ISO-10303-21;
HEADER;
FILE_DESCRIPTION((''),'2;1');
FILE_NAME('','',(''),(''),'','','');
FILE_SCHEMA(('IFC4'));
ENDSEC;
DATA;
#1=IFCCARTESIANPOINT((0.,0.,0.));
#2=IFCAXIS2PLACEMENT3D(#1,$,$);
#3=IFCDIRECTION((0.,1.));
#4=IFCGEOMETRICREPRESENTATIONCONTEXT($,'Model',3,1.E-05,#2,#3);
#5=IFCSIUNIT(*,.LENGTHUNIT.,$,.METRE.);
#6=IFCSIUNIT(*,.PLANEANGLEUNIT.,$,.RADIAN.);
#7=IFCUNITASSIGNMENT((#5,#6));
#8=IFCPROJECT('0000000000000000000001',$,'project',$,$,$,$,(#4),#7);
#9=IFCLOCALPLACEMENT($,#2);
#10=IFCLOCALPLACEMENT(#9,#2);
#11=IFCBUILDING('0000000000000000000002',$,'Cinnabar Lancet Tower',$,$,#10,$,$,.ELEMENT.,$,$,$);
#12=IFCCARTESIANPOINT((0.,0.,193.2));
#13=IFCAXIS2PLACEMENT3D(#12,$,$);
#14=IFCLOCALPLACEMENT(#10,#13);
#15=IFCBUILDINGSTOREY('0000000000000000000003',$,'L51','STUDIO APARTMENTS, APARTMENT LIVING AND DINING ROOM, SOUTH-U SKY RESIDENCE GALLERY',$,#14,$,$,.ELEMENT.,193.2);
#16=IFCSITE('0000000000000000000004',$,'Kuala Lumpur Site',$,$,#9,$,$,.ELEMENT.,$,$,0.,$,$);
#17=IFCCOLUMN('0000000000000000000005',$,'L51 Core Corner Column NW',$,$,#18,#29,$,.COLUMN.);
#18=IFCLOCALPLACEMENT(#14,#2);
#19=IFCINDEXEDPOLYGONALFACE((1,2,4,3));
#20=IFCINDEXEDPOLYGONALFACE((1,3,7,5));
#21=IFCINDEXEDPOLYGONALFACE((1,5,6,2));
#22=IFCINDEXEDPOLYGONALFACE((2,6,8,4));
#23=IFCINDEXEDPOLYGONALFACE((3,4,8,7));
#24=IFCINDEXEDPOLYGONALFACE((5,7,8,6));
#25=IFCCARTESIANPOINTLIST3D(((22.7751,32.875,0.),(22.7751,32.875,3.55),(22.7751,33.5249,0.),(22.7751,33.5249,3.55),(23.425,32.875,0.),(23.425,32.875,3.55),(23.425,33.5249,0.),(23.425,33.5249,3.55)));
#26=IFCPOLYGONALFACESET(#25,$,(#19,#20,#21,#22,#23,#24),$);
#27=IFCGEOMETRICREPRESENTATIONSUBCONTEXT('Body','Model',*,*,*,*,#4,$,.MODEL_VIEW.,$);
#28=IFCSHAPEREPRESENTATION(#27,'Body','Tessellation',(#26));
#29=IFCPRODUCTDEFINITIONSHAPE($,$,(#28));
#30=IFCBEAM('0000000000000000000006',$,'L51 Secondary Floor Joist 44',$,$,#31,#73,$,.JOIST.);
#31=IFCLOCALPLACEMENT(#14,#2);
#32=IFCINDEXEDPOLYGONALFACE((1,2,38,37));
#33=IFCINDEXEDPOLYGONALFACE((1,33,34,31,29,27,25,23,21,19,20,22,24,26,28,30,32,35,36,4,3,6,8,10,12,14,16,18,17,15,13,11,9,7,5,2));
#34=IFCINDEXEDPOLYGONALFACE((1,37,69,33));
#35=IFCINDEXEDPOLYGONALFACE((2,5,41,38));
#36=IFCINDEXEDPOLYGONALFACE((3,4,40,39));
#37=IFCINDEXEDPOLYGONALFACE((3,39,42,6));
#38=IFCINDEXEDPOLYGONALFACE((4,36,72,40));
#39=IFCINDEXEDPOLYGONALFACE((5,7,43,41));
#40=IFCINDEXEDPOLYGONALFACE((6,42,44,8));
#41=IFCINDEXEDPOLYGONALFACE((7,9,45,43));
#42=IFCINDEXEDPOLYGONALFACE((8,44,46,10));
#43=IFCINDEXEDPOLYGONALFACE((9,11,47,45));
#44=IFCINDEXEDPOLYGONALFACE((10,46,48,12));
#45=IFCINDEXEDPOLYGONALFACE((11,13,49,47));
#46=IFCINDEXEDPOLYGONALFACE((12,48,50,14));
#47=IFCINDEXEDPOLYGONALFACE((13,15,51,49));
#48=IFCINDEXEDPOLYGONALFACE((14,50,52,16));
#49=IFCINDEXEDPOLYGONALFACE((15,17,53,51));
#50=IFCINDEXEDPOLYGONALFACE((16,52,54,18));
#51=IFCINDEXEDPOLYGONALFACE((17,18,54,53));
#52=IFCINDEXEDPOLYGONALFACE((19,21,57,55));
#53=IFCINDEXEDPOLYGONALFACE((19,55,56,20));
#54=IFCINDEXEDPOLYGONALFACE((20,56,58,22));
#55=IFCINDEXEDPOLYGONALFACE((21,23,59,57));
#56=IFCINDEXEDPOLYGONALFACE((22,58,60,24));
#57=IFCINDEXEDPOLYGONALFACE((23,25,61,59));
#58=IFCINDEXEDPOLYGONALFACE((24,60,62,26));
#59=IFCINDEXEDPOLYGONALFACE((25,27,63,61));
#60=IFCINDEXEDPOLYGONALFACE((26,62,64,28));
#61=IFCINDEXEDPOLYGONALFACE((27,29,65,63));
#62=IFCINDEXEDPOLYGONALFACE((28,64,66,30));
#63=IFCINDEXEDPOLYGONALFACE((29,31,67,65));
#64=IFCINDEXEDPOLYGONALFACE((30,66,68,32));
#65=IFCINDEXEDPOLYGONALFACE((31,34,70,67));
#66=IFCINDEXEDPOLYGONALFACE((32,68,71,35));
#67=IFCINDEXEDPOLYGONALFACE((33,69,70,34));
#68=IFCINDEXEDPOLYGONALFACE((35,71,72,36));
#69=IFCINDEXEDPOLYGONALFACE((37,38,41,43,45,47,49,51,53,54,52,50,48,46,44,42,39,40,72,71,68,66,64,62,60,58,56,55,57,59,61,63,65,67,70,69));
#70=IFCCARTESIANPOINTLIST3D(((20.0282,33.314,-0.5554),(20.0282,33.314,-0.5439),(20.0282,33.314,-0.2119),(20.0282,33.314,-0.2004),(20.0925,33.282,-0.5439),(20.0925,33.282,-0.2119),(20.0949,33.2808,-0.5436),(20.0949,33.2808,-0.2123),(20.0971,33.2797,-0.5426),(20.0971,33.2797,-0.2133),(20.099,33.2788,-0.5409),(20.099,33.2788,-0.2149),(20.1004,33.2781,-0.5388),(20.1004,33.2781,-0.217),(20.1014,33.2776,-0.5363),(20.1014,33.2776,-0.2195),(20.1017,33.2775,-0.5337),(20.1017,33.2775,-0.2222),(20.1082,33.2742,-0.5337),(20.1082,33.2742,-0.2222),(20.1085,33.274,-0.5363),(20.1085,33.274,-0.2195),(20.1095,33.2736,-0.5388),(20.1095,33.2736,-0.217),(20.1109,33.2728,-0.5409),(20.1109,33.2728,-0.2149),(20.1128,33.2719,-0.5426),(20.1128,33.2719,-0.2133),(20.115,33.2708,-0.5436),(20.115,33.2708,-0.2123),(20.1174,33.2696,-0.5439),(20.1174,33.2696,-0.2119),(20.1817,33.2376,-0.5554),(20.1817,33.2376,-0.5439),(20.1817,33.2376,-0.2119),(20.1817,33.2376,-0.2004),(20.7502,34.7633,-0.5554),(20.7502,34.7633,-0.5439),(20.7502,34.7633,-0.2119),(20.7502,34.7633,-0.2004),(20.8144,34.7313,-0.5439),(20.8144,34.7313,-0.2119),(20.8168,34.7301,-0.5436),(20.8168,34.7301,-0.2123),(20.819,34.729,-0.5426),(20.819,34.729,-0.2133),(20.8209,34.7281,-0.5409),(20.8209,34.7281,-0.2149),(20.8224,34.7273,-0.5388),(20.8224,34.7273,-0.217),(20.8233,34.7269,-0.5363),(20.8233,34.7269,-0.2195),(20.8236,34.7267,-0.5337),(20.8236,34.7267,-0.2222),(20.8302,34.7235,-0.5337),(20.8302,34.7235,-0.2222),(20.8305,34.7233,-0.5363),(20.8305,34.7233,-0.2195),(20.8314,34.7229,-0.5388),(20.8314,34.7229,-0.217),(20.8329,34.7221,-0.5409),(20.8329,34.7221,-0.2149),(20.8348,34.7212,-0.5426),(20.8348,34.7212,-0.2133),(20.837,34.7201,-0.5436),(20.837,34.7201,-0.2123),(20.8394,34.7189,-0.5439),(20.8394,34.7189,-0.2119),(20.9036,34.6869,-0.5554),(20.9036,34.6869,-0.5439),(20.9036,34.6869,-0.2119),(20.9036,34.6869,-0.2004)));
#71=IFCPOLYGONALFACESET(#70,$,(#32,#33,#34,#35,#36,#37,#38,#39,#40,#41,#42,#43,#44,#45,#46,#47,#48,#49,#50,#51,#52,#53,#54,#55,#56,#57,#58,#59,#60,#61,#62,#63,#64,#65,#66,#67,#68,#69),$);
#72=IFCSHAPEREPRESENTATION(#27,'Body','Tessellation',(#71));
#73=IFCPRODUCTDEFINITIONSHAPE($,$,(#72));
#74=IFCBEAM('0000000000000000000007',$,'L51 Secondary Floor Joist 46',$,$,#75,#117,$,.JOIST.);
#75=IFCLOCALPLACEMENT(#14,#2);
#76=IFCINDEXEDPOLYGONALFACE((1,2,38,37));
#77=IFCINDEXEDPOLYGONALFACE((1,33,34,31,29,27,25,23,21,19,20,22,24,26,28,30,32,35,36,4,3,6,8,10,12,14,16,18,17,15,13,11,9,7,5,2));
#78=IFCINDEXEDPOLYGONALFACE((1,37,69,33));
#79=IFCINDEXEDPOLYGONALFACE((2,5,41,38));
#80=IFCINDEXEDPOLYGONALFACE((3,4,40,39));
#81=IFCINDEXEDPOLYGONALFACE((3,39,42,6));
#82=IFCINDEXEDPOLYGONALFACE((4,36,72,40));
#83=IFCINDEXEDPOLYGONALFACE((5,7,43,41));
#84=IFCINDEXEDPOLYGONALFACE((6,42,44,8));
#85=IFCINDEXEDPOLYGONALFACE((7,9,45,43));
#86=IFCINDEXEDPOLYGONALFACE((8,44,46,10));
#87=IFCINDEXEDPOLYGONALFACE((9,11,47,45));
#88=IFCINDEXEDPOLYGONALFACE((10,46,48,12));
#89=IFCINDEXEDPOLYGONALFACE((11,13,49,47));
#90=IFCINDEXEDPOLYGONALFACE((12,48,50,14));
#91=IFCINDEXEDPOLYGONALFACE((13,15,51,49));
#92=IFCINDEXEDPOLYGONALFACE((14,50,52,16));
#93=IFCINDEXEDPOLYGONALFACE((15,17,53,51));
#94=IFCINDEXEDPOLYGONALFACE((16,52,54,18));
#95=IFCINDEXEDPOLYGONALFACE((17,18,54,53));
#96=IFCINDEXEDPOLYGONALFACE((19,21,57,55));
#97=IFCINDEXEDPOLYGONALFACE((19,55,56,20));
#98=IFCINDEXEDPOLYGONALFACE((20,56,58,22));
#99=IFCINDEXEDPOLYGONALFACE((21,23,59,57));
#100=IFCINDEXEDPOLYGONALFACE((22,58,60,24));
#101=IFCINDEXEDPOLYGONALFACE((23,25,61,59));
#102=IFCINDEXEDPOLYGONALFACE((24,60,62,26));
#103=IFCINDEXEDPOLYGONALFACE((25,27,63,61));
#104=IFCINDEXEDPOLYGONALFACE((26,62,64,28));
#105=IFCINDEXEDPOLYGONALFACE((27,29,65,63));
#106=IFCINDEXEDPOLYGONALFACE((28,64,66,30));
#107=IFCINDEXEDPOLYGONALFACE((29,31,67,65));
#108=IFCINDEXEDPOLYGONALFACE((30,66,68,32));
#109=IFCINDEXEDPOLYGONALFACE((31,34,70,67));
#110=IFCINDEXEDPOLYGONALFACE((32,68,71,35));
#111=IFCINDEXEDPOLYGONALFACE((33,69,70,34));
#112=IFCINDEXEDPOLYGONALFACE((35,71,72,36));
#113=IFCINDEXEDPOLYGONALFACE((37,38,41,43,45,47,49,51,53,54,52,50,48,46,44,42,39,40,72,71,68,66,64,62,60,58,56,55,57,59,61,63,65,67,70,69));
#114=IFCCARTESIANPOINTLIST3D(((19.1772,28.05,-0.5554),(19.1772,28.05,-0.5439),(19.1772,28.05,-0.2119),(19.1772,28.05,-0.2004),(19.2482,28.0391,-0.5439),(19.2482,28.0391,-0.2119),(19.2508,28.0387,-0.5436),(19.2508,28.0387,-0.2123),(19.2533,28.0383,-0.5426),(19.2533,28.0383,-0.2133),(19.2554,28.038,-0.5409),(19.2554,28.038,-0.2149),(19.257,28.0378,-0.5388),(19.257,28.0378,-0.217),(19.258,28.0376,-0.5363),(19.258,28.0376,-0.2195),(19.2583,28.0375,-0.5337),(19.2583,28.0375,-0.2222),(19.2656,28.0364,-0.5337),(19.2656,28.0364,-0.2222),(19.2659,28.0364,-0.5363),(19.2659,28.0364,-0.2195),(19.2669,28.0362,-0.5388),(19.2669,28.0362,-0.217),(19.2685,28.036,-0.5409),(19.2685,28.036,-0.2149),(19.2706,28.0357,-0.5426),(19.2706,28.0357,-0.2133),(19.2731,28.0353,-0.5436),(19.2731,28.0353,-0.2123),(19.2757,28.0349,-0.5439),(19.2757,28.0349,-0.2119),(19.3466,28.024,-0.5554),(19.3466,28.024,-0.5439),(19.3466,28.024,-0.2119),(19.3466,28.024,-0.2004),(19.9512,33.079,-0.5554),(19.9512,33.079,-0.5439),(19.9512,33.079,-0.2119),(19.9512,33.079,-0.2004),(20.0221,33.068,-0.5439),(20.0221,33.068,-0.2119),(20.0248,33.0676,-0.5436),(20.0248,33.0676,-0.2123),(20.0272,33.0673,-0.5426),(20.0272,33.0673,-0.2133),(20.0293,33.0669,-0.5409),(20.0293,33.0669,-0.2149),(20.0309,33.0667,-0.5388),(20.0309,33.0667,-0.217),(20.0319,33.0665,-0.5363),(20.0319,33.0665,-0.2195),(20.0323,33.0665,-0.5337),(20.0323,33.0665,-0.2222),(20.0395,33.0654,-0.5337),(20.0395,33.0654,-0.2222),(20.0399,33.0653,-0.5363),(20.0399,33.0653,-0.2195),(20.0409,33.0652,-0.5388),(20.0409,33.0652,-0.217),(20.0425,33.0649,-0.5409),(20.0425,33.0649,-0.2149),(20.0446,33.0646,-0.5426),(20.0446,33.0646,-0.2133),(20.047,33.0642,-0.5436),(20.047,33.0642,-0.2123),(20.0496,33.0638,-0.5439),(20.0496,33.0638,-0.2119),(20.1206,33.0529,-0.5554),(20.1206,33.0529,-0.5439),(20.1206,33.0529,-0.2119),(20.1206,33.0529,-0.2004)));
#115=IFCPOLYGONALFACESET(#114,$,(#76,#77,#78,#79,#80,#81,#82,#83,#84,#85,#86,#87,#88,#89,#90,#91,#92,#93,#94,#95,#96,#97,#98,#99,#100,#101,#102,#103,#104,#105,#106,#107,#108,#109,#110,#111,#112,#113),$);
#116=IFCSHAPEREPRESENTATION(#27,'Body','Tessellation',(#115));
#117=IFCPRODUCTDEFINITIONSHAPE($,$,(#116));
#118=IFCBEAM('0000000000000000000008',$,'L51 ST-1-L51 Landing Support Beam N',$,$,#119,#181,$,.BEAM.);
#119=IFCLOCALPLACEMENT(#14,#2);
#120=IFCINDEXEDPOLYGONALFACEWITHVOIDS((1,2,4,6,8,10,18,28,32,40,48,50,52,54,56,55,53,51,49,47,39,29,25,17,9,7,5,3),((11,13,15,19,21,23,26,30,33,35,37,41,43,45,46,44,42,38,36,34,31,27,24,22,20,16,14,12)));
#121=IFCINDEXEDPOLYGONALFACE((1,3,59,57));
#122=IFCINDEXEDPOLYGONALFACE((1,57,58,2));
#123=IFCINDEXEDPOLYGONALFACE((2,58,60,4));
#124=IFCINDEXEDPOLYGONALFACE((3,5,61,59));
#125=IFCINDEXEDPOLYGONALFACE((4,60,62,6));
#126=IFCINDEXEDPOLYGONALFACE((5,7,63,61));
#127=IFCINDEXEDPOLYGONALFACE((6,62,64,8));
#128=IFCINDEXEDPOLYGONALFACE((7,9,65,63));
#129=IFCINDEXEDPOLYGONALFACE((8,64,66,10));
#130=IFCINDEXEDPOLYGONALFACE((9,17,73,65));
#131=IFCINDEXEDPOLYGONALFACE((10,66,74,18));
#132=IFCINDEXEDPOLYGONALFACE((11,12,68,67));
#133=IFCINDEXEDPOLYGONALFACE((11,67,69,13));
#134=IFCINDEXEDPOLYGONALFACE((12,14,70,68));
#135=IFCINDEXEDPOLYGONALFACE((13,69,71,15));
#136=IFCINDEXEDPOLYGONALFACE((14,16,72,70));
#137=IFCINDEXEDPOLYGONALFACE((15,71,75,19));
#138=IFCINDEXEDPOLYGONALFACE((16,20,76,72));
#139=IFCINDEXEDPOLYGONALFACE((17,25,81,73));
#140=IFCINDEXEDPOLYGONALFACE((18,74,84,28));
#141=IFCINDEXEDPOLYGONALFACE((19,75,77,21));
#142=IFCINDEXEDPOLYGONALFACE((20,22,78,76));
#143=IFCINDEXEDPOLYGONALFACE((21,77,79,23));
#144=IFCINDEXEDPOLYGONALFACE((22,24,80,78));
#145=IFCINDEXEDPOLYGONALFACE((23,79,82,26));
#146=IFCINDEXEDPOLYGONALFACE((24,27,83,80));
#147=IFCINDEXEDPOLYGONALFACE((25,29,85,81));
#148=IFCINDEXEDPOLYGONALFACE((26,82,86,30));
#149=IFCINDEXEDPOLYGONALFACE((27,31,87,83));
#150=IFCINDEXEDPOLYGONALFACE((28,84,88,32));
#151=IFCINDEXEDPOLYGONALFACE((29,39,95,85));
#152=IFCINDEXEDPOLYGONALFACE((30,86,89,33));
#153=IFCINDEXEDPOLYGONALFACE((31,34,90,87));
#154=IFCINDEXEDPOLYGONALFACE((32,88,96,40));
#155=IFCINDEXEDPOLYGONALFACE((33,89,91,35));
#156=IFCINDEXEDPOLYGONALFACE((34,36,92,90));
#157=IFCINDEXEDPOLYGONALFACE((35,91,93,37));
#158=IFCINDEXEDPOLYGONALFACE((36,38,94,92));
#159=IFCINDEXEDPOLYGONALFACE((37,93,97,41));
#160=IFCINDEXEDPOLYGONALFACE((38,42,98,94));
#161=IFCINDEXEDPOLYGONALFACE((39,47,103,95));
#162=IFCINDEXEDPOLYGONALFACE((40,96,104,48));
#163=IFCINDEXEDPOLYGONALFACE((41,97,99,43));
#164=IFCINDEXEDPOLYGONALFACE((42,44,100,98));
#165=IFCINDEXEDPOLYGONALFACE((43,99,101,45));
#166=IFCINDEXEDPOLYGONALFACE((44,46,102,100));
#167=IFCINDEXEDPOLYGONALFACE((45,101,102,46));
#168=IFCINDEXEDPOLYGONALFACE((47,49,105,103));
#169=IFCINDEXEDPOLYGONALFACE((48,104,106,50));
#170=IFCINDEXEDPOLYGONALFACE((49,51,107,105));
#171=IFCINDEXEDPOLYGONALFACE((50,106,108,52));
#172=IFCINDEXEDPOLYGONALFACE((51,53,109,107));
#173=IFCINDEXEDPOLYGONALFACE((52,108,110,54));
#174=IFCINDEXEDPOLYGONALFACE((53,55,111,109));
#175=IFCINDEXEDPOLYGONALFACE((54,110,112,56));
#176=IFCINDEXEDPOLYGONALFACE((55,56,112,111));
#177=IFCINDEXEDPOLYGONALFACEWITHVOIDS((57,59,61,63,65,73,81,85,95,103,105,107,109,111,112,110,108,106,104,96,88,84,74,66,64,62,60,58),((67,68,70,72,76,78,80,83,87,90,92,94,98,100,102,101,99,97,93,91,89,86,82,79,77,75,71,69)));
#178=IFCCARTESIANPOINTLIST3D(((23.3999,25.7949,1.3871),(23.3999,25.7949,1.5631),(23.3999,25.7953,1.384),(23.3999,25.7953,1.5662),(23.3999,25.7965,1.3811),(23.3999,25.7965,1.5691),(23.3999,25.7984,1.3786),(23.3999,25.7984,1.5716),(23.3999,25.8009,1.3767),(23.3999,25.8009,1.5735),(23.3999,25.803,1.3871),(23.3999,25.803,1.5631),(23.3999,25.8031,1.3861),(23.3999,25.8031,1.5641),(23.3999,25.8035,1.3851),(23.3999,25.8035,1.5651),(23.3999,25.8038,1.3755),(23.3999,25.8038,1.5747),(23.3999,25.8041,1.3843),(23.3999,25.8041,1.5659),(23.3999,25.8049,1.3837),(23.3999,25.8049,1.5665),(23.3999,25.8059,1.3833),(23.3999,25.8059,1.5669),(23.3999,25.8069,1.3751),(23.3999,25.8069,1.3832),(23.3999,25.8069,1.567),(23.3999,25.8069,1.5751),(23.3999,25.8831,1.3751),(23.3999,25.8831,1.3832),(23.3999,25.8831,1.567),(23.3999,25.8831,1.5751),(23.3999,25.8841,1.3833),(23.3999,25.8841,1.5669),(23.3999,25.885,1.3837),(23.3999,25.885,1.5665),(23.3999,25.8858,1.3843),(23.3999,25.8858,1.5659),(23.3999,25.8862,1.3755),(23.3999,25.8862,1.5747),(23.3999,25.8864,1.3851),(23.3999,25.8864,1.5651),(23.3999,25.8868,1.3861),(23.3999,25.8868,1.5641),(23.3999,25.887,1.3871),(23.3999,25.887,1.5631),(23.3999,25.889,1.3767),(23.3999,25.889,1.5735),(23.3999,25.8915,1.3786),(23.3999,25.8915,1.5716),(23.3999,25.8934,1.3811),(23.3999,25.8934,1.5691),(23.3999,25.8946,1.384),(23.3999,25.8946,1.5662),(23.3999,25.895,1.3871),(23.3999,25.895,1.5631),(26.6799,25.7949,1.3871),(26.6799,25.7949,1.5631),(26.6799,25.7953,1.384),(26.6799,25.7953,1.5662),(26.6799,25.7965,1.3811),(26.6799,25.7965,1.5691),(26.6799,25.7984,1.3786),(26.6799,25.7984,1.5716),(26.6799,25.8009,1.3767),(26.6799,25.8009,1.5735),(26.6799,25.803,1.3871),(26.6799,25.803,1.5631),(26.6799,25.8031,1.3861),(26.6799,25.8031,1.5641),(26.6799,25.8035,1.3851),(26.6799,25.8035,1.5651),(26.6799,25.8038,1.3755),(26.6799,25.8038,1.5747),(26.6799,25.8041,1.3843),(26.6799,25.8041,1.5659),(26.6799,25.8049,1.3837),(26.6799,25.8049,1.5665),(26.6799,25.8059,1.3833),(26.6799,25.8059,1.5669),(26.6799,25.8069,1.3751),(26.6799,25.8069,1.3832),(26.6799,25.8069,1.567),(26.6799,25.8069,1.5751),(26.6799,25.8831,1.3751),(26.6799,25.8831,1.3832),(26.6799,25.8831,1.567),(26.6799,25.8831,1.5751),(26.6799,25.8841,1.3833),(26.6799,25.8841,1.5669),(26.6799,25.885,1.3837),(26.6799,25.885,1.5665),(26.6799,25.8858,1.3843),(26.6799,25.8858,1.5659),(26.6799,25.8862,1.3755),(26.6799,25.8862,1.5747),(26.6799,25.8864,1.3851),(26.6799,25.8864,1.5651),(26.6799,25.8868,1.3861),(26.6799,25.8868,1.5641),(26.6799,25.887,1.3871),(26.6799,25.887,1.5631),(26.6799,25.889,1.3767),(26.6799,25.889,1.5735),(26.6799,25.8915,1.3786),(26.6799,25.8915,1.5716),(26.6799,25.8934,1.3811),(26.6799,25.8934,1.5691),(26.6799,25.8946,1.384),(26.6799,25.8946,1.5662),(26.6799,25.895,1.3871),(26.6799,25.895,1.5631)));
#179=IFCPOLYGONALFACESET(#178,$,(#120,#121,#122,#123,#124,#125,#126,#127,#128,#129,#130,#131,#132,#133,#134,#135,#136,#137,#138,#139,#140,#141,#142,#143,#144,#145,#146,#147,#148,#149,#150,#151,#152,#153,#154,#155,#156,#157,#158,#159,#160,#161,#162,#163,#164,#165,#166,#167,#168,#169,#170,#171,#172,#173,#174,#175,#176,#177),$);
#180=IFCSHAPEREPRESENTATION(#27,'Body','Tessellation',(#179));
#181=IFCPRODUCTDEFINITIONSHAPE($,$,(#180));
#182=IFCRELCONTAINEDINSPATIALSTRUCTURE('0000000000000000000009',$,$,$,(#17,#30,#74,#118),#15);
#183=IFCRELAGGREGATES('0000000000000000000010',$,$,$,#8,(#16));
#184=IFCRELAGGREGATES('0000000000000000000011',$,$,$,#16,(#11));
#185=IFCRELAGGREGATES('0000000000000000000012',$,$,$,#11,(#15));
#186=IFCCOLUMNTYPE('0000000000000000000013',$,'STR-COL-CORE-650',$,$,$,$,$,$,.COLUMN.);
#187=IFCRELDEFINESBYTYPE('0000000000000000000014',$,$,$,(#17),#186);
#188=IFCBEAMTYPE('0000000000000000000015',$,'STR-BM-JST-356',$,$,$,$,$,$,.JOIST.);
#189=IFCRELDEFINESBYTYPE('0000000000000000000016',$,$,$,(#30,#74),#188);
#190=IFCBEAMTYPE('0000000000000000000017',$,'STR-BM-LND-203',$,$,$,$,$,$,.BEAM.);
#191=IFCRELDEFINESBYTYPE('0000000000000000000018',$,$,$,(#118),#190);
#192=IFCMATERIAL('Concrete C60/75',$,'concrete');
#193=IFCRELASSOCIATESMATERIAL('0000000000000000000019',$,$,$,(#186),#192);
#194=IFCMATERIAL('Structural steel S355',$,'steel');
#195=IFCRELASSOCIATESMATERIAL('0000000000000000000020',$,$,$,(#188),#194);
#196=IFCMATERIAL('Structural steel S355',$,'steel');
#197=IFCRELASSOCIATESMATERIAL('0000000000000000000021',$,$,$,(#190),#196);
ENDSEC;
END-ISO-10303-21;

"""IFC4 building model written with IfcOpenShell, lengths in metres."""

from ifc_helpers import new_model, si_unit, direction, frame, origin, origin_2d, place, context, subcontext, project, spatial, rectangle, hollow_rectangle, i_section, extrude, material, material_profile, profile_set, type_object, element, save


model = new_model("IFC4")

# Units and contexts
model_context = context("Model", 3, precision=1e-05, world=origin(), true_north=direction((0.0, 1.0)))
body_context = subcontext(model_context, "Body", "Model", "MODEL_VIEW")
ifc_project = project(units=[si_unit("LENGTHUNIT", "METRE"), si_unit("PLANEANGLEUNIT", "RADIAN")], contexts=[model_context])

# Site, building, storey
site_placement = place(None, origin())
site = spatial("IfcSite", under=ifc_project, at=site_placement, Name="Kuala Lumpur Site", CompositionType="ELEMENT", RefElevation=0.0)
building_placement = place(site_placement, origin())
building = spatial("IfcBuilding", under=site, at=building_placement, Name="Cinnabar Lancet Tower", CompositionType="ELEMENT")
storey_placement = place(building_placement, frame((0.0, 0.0, 193.2)))
storey = spatial("IfcBuildingStorey", under=building, at=storey_placement, Name="L51", Description="STUDIO APARTMENTS, APARTMENT LIVING AND DINING ROOM, SOUTH-U SKY RESIDENCE GALLERY", CompositionType="ELEMENT", Elevation=193.2)

# Column
ifc_material_1 = material(Name="Concrete C60/75", Category="concrete")
ifc_material_profile_1 = material_profile(ifc_material_1, rectangle(XDim=0.6499, YDim=0.6499, at=origin_2d()), Name="RC-COL 650x650")
ifc_profile_set_1 = profile_set([ifc_material_profile_1], Name="Concrete C60/75")
column_type = type_object("IfcColumnType", Name="STR-COL-CORE-650", PredefinedType="COLUMN", material=ifc_profile_set_1)
column_placement = place(storey_placement, frame((23.1001, 33.2, 0.0), z_axis=(0.0, 0.0, 1.0), x_axis=(1.0, 0.0, 0.0)))
element("IfcColumn", 1, at=column_placement, inside=storey, type_object=column_type, Name="L51 Core Corner Column NW", PredefinedType="COLUMN", context=body_context, shape_type="SweptSolid", body=[
    extrude(rectangle(XDim=0.6499, YDim=0.6499, at=origin_2d()), origin(), (0.0, 0.0, 1.0), 3.55),
])

# Beams
ifc_material_2 = material(Name="Structural steel S355", Category="steel")
ifc_material_profile_2 = material_profile(ifc_material_2, i_section(OverallWidth=0.1714, OverallDepth=0.355, WebThickness=0.0073, FlangeThickness=0.0115, FilletRadius=0.0103, at=origin_2d()), Name="UKB 356x171x51")
ifc_profile_set_2 = profile_set([ifc_material_profile_2], Name="Structural steel S355")
beam_type_1 = type_object("IfcBeamType", Name="STR-BM-JST-356", PredefinedType="JOIST", material=ifc_profile_set_2)
beam_1_placement = place(storey_placement, frame((20.8269, 34.7251, -0.3779), z_axis=(-0.445886, -0.89509, 0.0), x_axis=(0.89509, -0.445886, 0.0)))
element("IfcBeam", 2, at=beam_1_placement, inside=storey, type_object=beam_type_1, Name="L51 Secondary Floor Joist 44", PredefinedType="JOIST", context=body_context, shape_type="SweptSolid", body=[
    extrude(i_section(OverallWidth=0.1714, OverallDepth=0.355, WebThickness=0.0073, FlangeThickness=0.0115, FilletRadius=0.0103, at=origin_2d()), origin(), (0.0, 0.0, 1.0), 1.6191),
])
beam_2_placement = place(storey_placement, frame((20.0359, 33.0659, -0.3779), z_axis=(-0.152108, -0.988364, 0.0), x_axis=(0.988364, -0.152108, 0.0)))
element("IfcBeam", 3, at=beam_2_placement, inside=storey, type_object=beam_type_1, Name="L51 Secondary Floor Joist 46", PredefinedType="JOIST", context=body_context, shape_type="SweptSolid", body=[
    extrude(i_section(OverallWidth=0.1714, OverallDepth=0.355, WebThickness=0.0073, FlangeThickness=0.0115, FilletRadius=0.0103, at=origin_2d()), origin(), (0.0, 0.0, 1.0), 5.0881),
])
ifc_material_3 = material(Name="Structural steel S355", Category="steel")
ifc_material_profile_3 = material_profile(ifc_material_3, hollow_rectangle(XDim=0.1001, YDim=0.2, WallThickness=0.0081, InnerFilletRadius=0.0039, OuterFilletRadius=0.012, at=origin_2d()), Name="RHS 200x100x8")
ifc_profile_set_3 = profile_set([ifc_material_profile_3], Name="Structural steel S355")
beam_type_2 = type_object("IfcBeamType", Name="STR-BM-LND-203", PredefinedType="BEAM", material=ifc_profile_set_3)
beam_3_placement = place(storey_placement, frame((23.3999, 25.845, 1.4751), z_axis=(1.0, 0.0, 0.0), x_axis=(0.0, 1.0, 0.0)))
element("IfcBeam", 4, at=beam_3_placement, inside=storey, type_object=beam_type_2, Name="L51 ST-1-L51 Landing Support Beam N", PredefinedType="BEAM", context=body_context, shape_type="SweptSolid", body=[
    extrude(hollow_rectangle(XDim=0.1001, YDim=0.2, WallThickness=0.0081, InnerFilletRadius=0.0039, OuterFilletRadius=0.012, at=origin_2d()), origin(), (0.0, 0.0, 1.0), 3.28),
])

save(model, "model.ifc")
